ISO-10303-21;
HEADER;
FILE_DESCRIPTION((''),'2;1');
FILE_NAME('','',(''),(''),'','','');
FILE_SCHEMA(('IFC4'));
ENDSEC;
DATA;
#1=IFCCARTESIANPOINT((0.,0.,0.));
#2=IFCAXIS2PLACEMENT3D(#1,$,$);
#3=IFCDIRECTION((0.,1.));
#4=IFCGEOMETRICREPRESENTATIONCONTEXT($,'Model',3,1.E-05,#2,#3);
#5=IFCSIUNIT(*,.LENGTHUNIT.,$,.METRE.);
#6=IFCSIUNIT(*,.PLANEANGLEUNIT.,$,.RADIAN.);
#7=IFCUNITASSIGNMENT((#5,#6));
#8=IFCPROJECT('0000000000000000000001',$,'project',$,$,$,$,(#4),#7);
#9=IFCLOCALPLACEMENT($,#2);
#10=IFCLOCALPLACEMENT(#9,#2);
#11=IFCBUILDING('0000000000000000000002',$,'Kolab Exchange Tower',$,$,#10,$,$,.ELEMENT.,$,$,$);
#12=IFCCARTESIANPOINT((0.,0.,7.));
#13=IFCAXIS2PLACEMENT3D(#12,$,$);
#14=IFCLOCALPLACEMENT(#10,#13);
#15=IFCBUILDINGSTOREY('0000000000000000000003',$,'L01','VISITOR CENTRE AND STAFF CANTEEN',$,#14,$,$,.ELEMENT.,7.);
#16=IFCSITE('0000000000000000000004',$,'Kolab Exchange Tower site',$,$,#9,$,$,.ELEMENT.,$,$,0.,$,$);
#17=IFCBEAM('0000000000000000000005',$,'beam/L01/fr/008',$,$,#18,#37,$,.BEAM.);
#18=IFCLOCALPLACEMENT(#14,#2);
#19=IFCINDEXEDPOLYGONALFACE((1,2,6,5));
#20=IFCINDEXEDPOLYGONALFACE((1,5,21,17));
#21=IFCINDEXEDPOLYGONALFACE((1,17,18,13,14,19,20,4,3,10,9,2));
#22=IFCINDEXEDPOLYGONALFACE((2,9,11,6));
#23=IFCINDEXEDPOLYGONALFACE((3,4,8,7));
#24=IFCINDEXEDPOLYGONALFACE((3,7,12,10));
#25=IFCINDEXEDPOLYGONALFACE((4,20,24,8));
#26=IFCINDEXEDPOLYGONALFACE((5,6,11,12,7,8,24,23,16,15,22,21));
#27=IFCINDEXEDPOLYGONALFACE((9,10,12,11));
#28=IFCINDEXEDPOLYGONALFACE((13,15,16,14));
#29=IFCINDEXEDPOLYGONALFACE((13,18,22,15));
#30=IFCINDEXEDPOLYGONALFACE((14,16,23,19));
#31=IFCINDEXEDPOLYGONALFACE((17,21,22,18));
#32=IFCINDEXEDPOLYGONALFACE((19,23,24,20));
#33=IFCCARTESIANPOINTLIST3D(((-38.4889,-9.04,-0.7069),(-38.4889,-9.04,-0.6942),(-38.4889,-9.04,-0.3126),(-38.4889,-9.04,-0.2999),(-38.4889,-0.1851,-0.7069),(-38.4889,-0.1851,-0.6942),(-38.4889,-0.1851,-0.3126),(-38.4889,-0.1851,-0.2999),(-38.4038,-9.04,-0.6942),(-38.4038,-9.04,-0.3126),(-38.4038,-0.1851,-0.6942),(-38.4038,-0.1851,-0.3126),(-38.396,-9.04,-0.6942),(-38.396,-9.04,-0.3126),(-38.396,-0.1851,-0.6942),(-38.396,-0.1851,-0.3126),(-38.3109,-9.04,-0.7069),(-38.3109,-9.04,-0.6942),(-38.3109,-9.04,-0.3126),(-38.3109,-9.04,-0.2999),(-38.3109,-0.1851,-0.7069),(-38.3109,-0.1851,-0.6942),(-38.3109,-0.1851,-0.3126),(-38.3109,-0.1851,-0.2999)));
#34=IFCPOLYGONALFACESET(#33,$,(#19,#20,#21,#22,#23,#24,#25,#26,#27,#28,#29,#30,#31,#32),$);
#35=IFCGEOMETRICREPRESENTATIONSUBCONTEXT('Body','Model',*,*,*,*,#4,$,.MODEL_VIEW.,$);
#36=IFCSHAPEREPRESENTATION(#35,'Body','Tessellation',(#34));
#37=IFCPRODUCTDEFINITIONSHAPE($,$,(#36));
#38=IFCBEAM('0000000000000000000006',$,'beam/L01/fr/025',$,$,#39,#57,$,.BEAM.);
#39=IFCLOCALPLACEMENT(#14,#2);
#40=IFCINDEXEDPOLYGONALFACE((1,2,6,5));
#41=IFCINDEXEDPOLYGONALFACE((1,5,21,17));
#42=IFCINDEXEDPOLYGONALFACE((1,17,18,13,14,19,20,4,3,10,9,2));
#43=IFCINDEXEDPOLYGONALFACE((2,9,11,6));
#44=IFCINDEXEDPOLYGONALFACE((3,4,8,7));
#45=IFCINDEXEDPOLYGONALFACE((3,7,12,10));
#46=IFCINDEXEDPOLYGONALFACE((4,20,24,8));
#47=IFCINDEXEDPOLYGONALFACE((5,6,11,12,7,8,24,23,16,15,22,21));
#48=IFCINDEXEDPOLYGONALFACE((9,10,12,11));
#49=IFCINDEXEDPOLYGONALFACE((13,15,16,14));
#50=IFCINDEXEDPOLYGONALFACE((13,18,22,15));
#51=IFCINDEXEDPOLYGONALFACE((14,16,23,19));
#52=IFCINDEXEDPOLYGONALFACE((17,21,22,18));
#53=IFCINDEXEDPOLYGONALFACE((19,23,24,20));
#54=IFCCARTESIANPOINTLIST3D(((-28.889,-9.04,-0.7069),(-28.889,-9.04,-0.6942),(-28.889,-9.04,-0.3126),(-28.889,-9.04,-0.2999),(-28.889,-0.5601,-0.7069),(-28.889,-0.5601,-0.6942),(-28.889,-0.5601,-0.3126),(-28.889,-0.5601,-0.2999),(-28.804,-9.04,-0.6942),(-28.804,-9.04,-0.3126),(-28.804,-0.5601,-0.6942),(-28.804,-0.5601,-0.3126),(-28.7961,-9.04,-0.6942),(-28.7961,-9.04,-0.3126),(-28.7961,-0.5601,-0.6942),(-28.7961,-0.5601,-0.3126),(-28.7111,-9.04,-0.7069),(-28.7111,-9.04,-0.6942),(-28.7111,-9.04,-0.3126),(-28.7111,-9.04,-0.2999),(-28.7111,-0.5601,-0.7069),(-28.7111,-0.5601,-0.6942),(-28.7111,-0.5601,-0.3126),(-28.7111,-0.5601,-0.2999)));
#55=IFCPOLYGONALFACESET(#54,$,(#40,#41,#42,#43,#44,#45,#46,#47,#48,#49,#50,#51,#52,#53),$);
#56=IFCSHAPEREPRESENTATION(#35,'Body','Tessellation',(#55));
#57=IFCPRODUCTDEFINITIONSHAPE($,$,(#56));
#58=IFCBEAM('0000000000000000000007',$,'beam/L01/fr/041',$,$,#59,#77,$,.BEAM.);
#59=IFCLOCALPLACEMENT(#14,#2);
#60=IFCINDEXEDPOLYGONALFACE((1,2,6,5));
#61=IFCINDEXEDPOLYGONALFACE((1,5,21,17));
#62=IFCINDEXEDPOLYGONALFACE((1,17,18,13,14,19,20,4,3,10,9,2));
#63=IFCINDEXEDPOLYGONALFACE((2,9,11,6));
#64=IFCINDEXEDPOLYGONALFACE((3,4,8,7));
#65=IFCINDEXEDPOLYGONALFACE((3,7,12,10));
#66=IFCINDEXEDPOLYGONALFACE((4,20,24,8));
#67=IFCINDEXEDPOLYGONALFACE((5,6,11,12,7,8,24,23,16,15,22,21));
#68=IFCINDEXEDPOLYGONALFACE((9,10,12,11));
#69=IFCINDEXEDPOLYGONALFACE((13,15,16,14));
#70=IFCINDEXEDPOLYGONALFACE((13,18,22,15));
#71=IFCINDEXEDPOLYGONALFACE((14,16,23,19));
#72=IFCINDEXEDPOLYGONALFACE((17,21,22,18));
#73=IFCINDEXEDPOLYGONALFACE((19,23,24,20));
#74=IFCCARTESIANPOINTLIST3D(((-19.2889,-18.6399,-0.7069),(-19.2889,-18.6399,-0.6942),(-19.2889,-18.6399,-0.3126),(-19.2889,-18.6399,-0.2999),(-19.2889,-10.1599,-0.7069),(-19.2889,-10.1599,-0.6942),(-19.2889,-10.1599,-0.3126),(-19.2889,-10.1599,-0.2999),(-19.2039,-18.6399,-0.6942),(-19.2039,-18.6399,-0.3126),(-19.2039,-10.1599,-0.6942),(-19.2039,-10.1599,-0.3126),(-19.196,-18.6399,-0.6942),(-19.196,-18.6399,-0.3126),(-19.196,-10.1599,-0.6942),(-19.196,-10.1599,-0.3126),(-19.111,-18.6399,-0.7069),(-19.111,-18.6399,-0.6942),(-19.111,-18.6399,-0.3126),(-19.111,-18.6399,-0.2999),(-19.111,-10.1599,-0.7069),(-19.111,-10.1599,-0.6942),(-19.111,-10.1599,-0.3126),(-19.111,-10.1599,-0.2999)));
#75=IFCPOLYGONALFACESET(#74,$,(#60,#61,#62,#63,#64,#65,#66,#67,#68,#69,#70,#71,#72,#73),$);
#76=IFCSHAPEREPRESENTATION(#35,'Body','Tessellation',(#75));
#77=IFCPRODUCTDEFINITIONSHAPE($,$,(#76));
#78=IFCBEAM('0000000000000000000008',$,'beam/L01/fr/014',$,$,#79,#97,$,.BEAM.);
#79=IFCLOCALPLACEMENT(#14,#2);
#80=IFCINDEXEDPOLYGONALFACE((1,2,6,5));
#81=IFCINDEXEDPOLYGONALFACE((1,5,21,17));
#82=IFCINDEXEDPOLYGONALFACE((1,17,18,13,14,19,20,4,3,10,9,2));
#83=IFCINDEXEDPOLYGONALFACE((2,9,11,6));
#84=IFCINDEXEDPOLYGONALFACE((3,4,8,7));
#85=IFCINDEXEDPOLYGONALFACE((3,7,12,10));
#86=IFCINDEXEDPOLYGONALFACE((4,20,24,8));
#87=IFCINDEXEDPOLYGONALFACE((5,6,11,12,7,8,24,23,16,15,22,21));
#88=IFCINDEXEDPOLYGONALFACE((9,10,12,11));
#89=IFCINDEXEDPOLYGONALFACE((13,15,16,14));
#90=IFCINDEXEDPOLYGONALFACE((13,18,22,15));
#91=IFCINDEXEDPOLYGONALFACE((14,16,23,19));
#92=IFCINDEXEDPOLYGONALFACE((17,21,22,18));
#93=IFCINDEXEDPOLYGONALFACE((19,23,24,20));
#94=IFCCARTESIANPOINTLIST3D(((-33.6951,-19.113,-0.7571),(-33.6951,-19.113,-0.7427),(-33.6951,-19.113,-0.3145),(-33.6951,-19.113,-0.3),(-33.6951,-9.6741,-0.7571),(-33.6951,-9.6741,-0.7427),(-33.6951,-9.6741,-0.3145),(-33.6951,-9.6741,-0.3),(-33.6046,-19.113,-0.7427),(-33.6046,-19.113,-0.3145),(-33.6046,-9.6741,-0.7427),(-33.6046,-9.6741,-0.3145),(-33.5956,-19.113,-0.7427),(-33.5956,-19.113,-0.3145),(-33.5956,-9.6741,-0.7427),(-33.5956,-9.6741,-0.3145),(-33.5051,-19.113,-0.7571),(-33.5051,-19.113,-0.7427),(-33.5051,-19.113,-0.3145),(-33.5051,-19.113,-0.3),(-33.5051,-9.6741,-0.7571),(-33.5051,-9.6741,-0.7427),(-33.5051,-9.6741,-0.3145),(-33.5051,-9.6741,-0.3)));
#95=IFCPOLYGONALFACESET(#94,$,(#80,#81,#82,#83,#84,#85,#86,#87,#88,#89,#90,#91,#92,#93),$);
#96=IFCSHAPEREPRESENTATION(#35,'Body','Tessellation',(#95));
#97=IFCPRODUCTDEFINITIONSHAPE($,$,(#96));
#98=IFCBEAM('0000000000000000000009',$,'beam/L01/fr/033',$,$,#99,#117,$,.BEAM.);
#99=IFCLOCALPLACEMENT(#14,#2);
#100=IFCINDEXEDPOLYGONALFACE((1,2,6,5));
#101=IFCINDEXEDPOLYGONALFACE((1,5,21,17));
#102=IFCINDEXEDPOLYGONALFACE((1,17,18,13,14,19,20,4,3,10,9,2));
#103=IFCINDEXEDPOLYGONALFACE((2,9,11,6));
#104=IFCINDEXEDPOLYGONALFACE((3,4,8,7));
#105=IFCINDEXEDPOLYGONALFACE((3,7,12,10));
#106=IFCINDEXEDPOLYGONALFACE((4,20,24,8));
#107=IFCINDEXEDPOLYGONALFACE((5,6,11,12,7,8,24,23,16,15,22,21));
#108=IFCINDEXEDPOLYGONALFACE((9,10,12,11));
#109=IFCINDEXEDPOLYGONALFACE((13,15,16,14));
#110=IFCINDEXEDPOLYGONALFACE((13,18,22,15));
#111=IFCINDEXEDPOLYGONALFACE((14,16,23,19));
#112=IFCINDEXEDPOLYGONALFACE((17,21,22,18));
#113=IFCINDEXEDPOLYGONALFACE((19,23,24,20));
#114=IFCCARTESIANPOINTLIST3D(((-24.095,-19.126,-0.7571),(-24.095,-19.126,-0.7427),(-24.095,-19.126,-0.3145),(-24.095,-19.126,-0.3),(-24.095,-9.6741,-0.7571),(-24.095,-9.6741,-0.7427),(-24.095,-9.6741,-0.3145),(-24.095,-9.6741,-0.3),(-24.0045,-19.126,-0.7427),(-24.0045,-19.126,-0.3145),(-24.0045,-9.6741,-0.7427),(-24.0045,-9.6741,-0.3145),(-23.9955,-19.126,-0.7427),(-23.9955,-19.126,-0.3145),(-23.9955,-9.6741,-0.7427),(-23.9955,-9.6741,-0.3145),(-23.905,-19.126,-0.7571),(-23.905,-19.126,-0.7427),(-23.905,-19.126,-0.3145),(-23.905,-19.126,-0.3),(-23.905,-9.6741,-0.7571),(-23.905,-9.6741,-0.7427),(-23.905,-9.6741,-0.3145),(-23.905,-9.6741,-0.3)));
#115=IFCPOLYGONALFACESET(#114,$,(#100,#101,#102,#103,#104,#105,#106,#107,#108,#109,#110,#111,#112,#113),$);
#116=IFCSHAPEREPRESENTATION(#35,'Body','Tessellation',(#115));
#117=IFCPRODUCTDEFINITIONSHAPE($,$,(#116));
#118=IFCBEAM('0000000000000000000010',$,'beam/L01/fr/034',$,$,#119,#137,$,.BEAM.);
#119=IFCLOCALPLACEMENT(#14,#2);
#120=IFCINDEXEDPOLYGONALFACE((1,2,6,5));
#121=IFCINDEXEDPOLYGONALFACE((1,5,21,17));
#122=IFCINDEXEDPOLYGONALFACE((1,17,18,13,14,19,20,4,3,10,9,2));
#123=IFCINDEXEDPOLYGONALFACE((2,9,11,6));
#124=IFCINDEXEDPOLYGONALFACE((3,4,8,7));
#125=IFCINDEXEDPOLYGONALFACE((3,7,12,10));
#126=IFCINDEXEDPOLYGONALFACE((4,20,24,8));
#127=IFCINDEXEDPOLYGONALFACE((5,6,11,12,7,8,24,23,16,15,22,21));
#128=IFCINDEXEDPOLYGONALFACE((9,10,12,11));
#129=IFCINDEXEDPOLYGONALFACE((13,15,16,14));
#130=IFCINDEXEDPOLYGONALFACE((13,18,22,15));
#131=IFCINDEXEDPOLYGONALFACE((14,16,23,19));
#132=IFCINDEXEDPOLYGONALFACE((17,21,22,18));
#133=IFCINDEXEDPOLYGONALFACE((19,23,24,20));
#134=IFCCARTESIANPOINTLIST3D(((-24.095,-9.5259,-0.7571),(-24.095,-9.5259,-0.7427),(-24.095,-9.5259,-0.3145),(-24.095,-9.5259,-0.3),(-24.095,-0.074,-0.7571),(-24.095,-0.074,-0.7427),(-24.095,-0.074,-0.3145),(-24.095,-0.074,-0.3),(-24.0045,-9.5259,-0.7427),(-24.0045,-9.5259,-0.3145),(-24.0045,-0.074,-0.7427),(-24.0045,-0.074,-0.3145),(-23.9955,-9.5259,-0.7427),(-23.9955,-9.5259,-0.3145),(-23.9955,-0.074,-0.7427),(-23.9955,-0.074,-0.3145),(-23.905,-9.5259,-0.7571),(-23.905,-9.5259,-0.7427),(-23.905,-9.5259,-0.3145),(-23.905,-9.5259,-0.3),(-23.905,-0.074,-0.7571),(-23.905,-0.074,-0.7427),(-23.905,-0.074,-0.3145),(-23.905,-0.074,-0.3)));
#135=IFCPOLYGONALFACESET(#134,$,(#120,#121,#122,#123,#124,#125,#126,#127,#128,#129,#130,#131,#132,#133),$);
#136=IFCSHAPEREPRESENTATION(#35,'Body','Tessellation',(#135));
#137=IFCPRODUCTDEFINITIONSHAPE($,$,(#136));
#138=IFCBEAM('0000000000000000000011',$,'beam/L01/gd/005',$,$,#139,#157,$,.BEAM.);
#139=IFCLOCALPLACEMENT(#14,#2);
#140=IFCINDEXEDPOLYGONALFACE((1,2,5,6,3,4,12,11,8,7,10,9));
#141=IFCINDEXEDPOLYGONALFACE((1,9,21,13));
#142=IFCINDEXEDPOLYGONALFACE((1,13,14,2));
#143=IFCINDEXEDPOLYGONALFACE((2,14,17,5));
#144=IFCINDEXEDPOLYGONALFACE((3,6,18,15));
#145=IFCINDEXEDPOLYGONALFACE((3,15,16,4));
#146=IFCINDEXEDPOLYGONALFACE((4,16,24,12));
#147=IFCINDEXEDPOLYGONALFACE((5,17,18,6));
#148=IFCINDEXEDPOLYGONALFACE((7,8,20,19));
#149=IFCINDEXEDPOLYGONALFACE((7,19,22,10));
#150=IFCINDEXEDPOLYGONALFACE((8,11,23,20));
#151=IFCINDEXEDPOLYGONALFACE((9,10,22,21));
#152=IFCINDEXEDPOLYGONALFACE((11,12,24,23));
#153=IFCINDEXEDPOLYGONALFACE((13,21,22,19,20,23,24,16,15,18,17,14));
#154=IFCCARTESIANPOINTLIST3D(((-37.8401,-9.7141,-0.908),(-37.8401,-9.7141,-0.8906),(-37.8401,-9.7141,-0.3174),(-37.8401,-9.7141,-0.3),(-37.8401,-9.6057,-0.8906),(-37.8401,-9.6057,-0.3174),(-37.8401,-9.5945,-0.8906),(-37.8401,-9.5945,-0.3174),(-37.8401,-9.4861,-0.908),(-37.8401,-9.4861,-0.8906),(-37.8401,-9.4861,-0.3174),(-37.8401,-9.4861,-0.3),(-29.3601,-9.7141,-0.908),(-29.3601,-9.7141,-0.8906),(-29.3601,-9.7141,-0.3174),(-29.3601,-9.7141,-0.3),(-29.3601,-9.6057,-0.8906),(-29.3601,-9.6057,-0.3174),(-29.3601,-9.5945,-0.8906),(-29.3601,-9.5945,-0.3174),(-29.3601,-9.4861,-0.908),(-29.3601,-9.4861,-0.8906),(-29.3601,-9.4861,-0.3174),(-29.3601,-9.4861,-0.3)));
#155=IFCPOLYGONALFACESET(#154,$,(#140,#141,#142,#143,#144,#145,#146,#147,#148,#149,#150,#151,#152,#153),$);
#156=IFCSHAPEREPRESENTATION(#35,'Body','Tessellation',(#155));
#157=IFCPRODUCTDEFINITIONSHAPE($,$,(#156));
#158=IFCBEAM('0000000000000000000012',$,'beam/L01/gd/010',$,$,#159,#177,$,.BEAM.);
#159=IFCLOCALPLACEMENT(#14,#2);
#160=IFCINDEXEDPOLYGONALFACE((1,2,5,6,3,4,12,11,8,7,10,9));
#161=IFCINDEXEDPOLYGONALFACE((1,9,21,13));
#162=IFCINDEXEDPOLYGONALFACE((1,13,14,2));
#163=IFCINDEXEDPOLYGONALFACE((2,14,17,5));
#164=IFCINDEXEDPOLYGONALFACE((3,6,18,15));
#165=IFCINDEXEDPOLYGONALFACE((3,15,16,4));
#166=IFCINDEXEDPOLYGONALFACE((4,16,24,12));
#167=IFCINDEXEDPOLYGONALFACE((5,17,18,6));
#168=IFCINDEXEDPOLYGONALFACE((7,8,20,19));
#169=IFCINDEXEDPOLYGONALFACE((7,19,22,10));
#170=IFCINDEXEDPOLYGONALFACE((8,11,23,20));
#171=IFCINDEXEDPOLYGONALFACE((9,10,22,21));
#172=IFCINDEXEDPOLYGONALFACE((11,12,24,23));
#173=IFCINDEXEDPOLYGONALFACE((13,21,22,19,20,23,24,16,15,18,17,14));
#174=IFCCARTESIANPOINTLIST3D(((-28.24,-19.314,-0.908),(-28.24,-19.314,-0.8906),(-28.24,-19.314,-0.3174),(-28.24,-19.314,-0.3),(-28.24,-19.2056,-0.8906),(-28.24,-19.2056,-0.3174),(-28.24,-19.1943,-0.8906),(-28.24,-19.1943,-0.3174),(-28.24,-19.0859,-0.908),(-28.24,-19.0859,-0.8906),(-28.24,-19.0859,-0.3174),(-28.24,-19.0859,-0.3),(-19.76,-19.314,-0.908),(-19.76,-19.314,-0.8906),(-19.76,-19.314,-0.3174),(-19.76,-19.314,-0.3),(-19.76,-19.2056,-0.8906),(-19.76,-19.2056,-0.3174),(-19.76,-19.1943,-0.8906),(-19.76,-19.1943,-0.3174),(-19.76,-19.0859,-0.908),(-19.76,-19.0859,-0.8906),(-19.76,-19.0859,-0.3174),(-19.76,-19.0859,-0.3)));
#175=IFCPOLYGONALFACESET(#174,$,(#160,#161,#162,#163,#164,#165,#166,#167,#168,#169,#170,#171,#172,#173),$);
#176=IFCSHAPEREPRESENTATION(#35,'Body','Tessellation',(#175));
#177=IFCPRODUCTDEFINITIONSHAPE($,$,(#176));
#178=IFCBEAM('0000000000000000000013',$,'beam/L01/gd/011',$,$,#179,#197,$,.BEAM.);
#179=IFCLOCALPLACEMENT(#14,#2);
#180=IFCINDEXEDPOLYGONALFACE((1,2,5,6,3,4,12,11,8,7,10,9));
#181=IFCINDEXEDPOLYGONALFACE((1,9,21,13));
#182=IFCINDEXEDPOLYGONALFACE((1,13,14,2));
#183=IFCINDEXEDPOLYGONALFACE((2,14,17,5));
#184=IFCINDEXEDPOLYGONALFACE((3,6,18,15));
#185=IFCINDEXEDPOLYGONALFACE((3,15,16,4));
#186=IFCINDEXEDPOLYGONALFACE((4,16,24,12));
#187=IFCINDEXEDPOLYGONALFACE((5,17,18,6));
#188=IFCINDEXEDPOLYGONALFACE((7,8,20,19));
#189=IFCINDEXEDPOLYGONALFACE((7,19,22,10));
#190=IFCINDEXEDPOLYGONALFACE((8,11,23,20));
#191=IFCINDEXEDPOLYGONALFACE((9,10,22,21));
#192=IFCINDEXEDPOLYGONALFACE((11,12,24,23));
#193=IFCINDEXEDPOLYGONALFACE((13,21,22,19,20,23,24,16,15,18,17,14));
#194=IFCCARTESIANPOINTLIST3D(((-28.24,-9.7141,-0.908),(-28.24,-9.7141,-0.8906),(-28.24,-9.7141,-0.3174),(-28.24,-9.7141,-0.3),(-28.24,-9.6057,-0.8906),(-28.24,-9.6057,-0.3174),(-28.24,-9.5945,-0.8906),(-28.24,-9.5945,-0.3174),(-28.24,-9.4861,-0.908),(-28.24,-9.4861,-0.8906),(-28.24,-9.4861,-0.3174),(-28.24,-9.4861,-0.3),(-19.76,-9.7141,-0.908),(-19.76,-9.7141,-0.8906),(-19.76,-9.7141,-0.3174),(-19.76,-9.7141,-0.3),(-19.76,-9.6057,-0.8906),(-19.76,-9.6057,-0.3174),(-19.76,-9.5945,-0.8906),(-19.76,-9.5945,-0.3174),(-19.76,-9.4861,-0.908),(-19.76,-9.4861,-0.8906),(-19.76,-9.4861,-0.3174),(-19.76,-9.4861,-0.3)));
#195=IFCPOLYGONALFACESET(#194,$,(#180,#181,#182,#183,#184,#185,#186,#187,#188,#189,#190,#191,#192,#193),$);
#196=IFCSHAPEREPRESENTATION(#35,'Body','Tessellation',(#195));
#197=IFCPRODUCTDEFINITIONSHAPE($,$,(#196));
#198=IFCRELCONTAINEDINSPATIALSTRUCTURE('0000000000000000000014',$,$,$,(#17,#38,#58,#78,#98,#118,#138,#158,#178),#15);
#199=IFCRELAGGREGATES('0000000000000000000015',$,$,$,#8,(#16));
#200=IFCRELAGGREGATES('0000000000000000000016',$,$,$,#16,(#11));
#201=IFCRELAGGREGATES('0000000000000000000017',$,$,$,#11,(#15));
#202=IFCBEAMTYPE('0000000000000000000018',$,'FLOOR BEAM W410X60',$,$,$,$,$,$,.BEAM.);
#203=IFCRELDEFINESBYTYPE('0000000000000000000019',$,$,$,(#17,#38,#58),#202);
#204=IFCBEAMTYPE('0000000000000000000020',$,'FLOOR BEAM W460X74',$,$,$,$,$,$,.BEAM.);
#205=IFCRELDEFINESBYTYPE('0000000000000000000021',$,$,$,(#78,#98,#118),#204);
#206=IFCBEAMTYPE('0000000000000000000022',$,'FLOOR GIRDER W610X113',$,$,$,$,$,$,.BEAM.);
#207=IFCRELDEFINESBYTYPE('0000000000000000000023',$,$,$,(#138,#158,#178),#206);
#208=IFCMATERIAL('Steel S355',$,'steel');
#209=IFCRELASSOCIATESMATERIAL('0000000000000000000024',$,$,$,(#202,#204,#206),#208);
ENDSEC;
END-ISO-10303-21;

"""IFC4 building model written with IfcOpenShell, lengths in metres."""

from ifc_helpers import new_model, si_unit, direction, frame, origin, origin_2d, place, context, subcontext, project, spatial, i_section, extrude, material, material_profile, profile_set, type_object, element, save


model = new_model("IFC4")

# Units and contexts
model_context = context("Model", 3, precision=1e-05, world=origin(), true_north=direction((0.0, 1.0)))
body_context = subcontext(model_context, "Body", "Model", "MODEL_VIEW")
ifc_project = project(units=[si_unit("LENGTHUNIT", "METRE"), si_unit("PLANEANGLEUNIT", "RADIAN")], contexts=[model_context])

# Site, building, storey
site_placement = place(None, origin())
site = spatial("IfcSite", under=ifc_project, at=site_placement, Name="Kolab Exchange Tower site", CompositionType="ELEMENT", RefElevation=0.0)
building_placement = place(site_placement, origin())
building = spatial("IfcBuilding", under=site, at=building_placement, Name="Kolab Exchange Tower", CompositionType="ELEMENT")
storey_placement = place(building_placement, frame((0.0, 0.0, 7.0)))
storey = spatial("IfcBuildingStorey", under=building, at=storey_placement, Name="L01", Description="VISITOR CENTRE AND STAFF CANTEEN", CompositionType="ELEMENT", Elevation=7.0)

# Beams
ifc_material_1 = material(Name="Steel S355", Category="steel")
ifc_material_profile_1 = material_profile(ifc_material_1, i_section(OverallWidth=0.178, OverallDepth=0.407, WebThickness=0.0078, FlangeThickness=0.0127, at=origin_2d()), Name="W410X60")
ifc_profile_set_1 = profile_set([ifc_material_profile_1], Name="Steel S355")
beam_type_1 = type_object("IfcBeamType", Name="FLOOR BEAM W410X60", PredefinedType="BEAM", material=ifc_profile_set_1)
beam_1_placement = place(storey_placement, frame((-38.3999, -9.04, -0.5034), z_axis=(0.0, 1.0, 0.0), x_axis=(-1.0, 0.0, 0.0)))
element("IfcBeam", 1, at=beam_1_placement, inside=storey, type_object=beam_type_1, Name="beam/L01/fr/008", PredefinedType="BEAM", context=body_context, shape_type="SweptSolid", body=[
    extrude(i_section(OverallWidth=0.178, OverallDepth=0.407, WebThickness=0.0078, FlangeThickness=0.0127, at=origin_2d()), origin(), (0.0, 0.0, 1.0), 8.855),
])
for number, where, z_axis, x_axis, name in (
    (2, (-28.8, -9.04, -0.5034), (0.0, 1.0, 0.0), (-1.0, 0.0, 0.0), "beam/L01/fr/025"),
    (3, (-19.2, -18.6399, -0.5034), (0.0, 1.0, 0.0), (-1.0, 0.0, 0.0), "beam/L01/fr/041"),
):
    element("IfcBeam", number, at=place(storey_placement, frame(where, z_axis=z_axis, x_axis=x_axis)), inside=storey, type_object=beam_type_1, Name=name, PredefinedType="BEAM", context=body_context, shape_type="SweptSolid", body=[
        extrude(i_section(OverallWidth=0.178, OverallDepth=0.407, WebThickness=0.0078, FlangeThickness=0.0127, at=origin_2d()), origin(), (0.0, 0.0, 1.0), 8.48),
    ])
ifc_material_profile_2 = material_profile(ifc_material_1, i_section(OverallWidth=0.1899, OverallDepth=0.457, WebThickness=0.009, FlangeThickness=0.0144, at=origin_2d()), Name="W460X74")
ifc_profile_set_2 = profile_set([ifc_material_profile_2], Name="Steel S355")
beam_type_2 = type_object("IfcBeamType", Name="FLOOR BEAM W460X74", PredefinedType="BEAM", material=ifc_profile_set_2)
beam_2_placement = place(storey_placement, frame((-33.6001, -19.113, -0.5286), z_axis=(0.0, 1.0, 0.0), x_axis=(-1.0, 0.0, 0.0)))
element("IfcBeam", 4, at=beam_2_placement, inside=storey, type_object=beam_type_2, Name="beam/L01/fr/014", PredefinedType="BEAM", context=body_context, shape_type="SweptSolid", body=[
    extrude(i_section(OverallWidth=0.1899, OverallDepth=0.457, WebThickness=0.009, FlangeThickness=0.0144, at=origin_2d()), origin(), (0.0, 0.0, 1.0), 9.439),
])
for number, where, z_axis, x_axis, name in (
    (5, (-24.0, -19.126, -0.5286), (0.0, 1.0, 0.0), (-1.0, 0.0, 0.0), "beam/L01/fr/033"),
    (6, (-24.0, -9.5259, -0.5286), (0.0, 1.0, 0.0), (-1.0, 0.0, 0.0), "beam/L01/fr/034"),
):
    element("IfcBeam", number, at=place(storey_placement, frame(where, z_axis=z_axis, x_axis=x_axis)), inside=storey, type_object=beam_type_2, Name=name, PredefinedType="BEAM", context=body_context, shape_type="SweptSolid", body=[
        extrude(i_section(OverallWidth=0.1899, OverallDepth=0.457, WebThickness=0.009, FlangeThickness=0.0144, at=origin_2d()), origin(), (0.0, 0.0, 1.0), 9.4519),
    ])
ifc_material_profile_3 = material_profile(ifc_material_1, i_section(OverallWidth=0.228, OverallDepth=0.6079, WebThickness=0.0112, FlangeThickness=0.0173, at=origin_2d()), Name="W610X113")
ifc_profile_set_3 = profile_set([ifc_material_profile_3], Name="Steel S355")
beam_type_3 = type_object("IfcBeamType", Name="FLOOR GIRDER W610X113", PredefinedType="BEAM", material=ifc_profile_set_3)
for number, where, z_axis, x_axis, name in (
    (7, (-37.8401, -9.6001, -0.604), (1.0, 0.0, 0.0), (0.0, 1.0, 0.0), "beam/L01/gd/005"),
    (8, (-28.24, -19.2, -0.604), (1.0, 0.0, 0.0), (0.0, 1.0, 0.0), "beam/L01/gd/010"),
    (9, (-28.24, -9.6001, -0.604), (1.0, 0.0, 0.0), (0.0, 1.0, 0.0), "beam/L01/gd/011"),
):
    element("IfcBeam", number, at=place(storey_placement, frame(where, z_axis=z_axis, x_axis=x_axis)), inside=storey, type_object=beam_type_3, Name=name, PredefinedType="BEAM", context=body_context, shape_type="SweptSolid", body=[
        extrude(i_section(OverallWidth=0.228, OverallDepth=0.6079, WebThickness=0.0112, FlangeThickness=0.0173, at=origin_2d()), origin(), (0.0, 0.0, 1.0), 8.48),
    ])

save(model, "model.ifc")
